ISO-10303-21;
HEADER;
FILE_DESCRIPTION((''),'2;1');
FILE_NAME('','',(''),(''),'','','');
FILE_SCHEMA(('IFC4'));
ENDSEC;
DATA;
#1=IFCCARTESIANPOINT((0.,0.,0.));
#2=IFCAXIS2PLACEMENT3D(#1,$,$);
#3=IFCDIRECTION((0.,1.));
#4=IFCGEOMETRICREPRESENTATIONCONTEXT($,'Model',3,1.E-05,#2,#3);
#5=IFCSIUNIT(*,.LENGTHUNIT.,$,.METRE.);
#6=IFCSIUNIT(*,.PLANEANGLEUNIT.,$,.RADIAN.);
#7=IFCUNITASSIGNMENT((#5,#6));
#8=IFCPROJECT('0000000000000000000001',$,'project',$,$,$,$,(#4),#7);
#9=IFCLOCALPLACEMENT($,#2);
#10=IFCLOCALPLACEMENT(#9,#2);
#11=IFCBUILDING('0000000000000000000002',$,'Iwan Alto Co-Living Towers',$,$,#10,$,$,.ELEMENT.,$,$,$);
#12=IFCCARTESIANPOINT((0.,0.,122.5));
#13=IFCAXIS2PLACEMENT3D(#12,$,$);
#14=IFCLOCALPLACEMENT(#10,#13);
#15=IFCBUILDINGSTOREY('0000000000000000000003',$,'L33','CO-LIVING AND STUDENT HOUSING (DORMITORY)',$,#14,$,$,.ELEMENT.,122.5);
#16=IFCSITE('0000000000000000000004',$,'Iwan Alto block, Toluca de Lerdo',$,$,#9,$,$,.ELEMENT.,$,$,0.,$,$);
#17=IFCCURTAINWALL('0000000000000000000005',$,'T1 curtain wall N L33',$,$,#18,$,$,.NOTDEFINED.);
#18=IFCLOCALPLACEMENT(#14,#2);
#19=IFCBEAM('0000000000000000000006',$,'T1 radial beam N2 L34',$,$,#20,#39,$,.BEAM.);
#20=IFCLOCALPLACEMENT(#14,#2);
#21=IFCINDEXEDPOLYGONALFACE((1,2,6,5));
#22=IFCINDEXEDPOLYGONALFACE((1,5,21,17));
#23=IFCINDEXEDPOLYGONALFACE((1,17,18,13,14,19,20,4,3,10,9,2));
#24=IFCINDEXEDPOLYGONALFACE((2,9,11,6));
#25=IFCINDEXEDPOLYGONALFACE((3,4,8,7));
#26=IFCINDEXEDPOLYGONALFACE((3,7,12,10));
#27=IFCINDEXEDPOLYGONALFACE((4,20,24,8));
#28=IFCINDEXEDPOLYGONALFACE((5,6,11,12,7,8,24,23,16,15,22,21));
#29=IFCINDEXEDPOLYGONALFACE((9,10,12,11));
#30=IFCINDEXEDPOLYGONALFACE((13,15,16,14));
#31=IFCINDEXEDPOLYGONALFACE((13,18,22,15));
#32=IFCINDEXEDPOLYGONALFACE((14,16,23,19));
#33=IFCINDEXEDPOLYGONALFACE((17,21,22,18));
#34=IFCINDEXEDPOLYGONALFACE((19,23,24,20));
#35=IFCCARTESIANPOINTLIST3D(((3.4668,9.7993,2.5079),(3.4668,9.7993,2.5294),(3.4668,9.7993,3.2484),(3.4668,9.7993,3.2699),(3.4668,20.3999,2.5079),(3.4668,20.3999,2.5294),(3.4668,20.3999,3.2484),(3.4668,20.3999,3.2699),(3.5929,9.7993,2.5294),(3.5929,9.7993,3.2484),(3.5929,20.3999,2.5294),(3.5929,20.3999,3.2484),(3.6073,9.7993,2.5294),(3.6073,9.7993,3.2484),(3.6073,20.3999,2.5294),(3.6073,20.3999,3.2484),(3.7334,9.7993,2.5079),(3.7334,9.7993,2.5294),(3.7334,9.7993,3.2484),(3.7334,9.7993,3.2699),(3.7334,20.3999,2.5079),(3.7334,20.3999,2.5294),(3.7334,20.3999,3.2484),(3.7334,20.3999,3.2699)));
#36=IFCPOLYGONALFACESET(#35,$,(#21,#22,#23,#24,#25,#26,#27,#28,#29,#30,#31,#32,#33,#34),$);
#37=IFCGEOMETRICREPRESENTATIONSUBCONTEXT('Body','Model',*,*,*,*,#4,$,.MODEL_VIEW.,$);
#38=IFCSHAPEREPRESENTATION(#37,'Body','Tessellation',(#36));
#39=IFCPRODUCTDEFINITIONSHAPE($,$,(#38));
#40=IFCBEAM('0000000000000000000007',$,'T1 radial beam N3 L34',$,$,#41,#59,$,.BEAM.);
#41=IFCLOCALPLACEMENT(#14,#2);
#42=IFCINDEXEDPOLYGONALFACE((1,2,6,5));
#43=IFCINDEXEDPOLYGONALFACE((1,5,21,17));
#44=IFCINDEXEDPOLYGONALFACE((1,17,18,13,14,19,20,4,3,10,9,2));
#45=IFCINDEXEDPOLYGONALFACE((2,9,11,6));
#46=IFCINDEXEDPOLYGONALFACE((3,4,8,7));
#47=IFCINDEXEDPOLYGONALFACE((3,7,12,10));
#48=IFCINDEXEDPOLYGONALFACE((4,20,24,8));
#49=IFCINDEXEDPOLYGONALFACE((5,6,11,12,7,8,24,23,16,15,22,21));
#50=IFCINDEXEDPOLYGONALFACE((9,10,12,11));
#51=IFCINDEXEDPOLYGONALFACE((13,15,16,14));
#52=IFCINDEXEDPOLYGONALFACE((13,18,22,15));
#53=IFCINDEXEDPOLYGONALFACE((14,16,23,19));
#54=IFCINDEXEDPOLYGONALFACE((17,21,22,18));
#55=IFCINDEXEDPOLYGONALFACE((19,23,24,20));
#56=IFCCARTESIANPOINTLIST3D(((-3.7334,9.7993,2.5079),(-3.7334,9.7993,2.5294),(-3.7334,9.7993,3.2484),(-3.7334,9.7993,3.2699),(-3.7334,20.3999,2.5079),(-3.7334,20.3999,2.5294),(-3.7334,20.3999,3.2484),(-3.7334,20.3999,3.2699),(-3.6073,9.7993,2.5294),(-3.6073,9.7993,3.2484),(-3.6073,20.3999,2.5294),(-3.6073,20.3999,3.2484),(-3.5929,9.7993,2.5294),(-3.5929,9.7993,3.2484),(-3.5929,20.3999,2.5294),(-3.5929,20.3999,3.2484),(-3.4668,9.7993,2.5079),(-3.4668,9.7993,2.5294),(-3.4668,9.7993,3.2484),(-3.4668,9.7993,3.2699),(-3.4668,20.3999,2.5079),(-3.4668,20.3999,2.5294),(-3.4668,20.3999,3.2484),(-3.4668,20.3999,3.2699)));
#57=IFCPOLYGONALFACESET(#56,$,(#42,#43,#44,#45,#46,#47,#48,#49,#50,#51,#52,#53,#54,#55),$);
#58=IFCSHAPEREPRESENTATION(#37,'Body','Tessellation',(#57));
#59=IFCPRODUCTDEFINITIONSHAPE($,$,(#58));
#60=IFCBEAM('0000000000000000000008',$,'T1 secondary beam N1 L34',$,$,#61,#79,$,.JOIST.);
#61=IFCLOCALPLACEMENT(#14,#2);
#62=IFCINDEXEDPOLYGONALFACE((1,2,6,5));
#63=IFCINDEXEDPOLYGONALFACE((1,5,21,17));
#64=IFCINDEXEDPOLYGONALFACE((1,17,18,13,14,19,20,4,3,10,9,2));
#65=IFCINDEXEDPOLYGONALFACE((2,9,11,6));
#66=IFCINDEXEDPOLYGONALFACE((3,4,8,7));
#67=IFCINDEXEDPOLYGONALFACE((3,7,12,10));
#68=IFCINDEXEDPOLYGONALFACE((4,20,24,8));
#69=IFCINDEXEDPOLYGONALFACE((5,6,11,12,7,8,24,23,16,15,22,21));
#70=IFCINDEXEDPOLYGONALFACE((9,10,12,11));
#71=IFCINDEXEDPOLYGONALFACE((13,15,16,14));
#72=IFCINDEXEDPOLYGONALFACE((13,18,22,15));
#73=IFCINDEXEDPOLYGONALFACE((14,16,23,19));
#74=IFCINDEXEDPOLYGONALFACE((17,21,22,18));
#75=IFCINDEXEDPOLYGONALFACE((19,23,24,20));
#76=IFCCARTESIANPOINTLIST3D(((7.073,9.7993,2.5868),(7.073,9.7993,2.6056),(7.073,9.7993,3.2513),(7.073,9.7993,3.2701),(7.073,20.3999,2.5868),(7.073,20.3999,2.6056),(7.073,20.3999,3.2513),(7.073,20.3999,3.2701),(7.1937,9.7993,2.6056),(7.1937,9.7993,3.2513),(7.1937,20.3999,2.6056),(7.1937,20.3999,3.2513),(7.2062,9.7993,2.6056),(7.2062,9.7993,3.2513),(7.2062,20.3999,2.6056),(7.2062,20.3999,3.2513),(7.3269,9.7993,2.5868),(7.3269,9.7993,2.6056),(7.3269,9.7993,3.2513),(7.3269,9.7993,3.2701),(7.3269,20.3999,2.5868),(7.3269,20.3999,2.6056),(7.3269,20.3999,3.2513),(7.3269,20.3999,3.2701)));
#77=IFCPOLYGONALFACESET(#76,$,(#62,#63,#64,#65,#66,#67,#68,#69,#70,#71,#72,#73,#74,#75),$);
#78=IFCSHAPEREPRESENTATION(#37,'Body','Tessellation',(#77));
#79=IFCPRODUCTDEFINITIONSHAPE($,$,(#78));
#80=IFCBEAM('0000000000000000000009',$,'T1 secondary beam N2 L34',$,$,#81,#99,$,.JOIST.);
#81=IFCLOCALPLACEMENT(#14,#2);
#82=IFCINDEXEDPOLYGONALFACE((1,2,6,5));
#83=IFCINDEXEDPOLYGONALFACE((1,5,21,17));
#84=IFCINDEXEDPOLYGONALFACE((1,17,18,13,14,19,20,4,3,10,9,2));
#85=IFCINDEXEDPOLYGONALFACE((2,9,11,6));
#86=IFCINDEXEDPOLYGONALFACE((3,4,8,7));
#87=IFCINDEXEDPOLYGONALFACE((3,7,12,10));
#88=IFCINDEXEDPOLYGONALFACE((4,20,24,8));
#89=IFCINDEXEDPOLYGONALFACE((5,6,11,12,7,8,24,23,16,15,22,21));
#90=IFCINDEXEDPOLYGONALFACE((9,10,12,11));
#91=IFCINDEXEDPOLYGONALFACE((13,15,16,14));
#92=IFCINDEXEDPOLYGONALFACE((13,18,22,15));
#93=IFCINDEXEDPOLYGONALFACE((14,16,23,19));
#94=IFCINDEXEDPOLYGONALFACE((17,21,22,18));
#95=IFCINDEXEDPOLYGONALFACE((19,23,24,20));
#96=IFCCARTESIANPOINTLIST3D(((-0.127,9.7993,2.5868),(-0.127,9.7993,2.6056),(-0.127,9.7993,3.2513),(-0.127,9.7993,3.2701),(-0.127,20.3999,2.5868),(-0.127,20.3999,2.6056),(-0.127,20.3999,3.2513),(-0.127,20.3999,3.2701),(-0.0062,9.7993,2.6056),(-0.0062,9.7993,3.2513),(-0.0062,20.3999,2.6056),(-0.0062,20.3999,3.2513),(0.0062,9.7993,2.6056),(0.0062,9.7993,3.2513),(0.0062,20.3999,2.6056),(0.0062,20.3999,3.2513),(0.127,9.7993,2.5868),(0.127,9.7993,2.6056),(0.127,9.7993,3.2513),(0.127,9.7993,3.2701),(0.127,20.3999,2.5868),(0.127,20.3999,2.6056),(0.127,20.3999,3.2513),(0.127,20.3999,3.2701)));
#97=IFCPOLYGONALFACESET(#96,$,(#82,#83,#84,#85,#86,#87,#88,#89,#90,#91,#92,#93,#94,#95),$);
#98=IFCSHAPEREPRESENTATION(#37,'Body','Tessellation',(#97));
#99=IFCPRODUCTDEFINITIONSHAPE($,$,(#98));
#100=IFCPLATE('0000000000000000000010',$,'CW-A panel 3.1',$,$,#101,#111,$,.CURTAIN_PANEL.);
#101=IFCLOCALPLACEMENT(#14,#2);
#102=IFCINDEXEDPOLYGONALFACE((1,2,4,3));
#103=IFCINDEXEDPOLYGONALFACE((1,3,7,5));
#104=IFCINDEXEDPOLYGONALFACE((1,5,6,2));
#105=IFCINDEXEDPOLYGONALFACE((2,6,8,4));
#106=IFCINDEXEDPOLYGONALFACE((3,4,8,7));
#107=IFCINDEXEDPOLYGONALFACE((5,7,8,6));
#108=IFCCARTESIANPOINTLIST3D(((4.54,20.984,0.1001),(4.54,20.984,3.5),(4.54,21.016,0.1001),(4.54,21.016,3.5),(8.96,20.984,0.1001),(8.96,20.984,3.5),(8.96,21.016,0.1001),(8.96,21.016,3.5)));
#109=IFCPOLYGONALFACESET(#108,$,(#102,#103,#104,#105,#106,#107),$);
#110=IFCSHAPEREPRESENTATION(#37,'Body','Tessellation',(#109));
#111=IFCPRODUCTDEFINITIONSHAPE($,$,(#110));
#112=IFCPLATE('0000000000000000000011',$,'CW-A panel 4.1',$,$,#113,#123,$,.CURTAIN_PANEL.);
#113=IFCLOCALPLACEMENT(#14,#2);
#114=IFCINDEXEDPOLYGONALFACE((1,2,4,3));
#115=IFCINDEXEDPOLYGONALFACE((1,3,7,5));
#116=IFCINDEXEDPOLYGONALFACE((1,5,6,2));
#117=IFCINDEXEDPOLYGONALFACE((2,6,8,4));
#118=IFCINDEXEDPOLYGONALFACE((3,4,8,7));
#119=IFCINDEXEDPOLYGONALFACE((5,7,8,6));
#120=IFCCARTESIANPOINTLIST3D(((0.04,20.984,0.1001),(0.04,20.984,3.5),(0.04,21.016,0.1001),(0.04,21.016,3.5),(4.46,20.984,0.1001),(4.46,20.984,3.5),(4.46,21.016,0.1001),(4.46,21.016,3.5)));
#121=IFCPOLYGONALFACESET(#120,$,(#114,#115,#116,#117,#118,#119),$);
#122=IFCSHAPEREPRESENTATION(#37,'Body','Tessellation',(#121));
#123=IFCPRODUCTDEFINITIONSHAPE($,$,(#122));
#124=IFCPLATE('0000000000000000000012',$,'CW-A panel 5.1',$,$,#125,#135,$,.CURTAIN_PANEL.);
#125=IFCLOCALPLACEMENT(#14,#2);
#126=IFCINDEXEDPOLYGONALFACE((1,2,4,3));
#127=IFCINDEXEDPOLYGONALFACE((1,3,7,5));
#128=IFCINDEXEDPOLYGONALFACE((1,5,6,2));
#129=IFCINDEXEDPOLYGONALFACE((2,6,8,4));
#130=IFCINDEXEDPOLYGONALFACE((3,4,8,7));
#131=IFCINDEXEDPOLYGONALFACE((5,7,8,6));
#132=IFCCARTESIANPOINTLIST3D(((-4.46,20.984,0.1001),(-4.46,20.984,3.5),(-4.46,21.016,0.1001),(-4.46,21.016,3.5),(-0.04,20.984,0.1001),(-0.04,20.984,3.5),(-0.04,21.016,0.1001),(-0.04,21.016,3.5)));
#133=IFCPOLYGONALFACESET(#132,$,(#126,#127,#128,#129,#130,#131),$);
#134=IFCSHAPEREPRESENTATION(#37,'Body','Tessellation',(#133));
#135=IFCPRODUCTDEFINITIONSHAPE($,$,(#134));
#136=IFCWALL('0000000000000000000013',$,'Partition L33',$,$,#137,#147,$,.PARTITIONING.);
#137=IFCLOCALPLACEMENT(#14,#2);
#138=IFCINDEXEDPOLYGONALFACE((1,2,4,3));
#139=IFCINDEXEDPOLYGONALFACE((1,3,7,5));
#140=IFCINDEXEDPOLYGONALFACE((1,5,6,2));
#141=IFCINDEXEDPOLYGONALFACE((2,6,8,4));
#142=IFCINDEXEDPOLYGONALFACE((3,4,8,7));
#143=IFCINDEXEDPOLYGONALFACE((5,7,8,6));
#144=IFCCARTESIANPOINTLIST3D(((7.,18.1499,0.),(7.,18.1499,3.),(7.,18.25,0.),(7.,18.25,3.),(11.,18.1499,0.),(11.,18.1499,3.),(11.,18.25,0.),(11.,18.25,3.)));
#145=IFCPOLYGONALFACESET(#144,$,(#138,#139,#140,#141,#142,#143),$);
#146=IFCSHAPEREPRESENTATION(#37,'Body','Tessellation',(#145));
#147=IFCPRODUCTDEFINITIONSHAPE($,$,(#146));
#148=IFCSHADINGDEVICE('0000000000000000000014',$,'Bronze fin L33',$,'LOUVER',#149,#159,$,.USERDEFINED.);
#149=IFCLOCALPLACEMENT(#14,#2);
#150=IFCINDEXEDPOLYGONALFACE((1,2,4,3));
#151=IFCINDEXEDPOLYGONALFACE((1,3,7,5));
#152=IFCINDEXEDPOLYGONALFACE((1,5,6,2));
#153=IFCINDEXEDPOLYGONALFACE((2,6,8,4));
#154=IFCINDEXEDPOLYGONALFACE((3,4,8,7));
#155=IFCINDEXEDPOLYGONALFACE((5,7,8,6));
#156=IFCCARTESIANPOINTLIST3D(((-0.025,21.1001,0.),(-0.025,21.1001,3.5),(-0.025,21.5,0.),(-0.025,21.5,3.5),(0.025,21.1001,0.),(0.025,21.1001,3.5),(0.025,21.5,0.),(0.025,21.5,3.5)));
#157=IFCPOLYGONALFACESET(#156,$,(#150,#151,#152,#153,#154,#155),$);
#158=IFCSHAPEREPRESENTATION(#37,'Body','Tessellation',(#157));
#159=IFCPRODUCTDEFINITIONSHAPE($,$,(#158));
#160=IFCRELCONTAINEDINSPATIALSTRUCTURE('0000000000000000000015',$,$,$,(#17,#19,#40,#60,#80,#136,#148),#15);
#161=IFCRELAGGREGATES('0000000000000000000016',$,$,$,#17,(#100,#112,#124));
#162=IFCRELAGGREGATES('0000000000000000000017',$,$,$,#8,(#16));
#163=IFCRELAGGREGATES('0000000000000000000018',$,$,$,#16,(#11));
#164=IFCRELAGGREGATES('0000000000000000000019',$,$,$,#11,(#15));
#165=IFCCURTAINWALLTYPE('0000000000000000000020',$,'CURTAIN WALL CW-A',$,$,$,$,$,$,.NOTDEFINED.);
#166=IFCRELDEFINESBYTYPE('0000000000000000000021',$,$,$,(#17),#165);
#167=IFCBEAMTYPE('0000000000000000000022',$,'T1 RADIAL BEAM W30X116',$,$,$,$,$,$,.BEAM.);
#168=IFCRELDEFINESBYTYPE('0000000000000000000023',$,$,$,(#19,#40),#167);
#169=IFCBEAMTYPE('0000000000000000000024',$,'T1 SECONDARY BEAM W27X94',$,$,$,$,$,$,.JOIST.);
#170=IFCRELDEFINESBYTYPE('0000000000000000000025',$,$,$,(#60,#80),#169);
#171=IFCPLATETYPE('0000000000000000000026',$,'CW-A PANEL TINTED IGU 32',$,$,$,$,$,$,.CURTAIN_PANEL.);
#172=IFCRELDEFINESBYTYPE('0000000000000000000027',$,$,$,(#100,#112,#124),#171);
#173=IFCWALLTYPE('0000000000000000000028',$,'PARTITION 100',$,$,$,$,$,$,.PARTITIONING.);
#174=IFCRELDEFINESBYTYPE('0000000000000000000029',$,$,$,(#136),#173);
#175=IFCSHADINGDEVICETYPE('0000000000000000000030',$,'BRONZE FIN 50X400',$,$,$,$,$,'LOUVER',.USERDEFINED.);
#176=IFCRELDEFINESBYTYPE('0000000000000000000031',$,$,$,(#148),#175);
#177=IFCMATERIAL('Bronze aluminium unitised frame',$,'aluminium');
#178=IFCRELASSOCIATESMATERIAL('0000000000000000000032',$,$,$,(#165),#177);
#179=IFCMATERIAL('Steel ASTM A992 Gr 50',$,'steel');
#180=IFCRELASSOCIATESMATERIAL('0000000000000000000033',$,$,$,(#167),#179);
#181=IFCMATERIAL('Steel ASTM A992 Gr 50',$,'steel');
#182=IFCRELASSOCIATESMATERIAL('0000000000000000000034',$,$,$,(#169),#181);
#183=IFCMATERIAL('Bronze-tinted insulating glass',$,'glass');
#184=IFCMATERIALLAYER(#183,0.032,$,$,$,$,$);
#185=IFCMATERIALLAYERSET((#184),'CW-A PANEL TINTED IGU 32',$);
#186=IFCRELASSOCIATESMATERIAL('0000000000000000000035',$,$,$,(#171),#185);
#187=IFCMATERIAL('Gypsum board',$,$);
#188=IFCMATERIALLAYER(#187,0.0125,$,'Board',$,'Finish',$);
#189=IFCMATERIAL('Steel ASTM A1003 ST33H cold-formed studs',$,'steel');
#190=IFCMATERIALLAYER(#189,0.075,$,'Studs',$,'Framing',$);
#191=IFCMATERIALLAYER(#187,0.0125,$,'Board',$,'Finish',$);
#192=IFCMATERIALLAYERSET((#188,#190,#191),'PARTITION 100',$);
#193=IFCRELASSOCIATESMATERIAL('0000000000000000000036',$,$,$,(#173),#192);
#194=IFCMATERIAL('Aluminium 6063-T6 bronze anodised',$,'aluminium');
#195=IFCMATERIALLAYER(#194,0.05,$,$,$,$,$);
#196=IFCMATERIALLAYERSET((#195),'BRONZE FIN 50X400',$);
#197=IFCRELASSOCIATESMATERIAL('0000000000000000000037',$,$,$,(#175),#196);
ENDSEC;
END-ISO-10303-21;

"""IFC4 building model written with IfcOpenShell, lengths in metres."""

from ifc_helpers import new_model, si_unit, direction, frame, frame_2d, origin, origin_2d, place, context, subcontext, project, spatial, rectangle, i_section, extrude, material, layer, layer_set, material_profile, profile_set, type_object, element, aggregate, save


model = new_model("IFC4")

# Units and contexts
model_context = context("Model", 3, precision=1e-05, world=origin(), true_north=direction((0.0, 1.0)))
body_context = subcontext(model_context, "Body", "Model", "MODEL_VIEW")
ifc_project = project(units=[si_unit("LENGTHUNIT", "METRE"), si_unit("PLANEANGLEUNIT", "RADIAN")], contexts=[model_context])

# Site, building, storey
site_placement = place(None, origin())
site = spatial("IfcSite", under=ifc_project, at=site_placement, Name="Iwan Alto block, Toluca de Lerdo", CompositionType="ELEMENT", RefElevation=0.0)
building_placement = place(site_placement, origin())
building = spatial("IfcBuilding", under=site, at=building_placement, Name="Iwan Alto Co-Living Towers", CompositionType="ELEMENT")
storey_placement = place(building_placement, frame((0.0, 0.0, 122.5)))
storey = spatial("IfcBuildingStorey", under=building, at=storey_placement, Name="L33", Description="CO-LIVING AND STUDENT HOUSING (DORMITORY)", CompositionType="ELEMENT", Elevation=122.5)

# Curtain wall
ifc_material_1 = material(Name="Bronze aluminium unitised frame", Category="aluminium")
curtain_wall_type = type_object("IfcCurtainWallType", Name="CURTAIN WALL CW-A", PredefinedType="NOTDEFINED", material=ifc_material_1)
curtain_wall_placement = place(storey_placement, origin())
curtain_wall = element("IfcCurtainWall", 1, at=curtain_wall_placement, inside=storey, type_object=curtain_wall_type, Name="T1 curtain wall N L33", PredefinedType="NOTDEFINED")

# Beams
ifc_material_2 = material(Name="Steel ASTM A992 Gr 50", Category="steel")
ifc_material_profile_1 = material_profile(ifc_material_2, i_section(OverallWidth=0.2666, OverallDepth=0.762, WebThickness=0.0144, FlangeThickness=0.0215, at=origin_2d()), Name="W30X116")
ifc_profile_set_1 = profile_set([ifc_material_profile_1], Name="Steel ASTM A992 Gr 50")
beam_type_1 = type_object("IfcBeamType", Name="T1 RADIAL BEAM W30X116", PredefinedType="BEAM", material=ifc_profile_set_1)
for number, where, z_axis, x_axis, name in (
    (2, (3.6001, 20.3999, 2.8889), (0.0, -1.0, 0.0), (1.0, 0.0, 0.0), "T1 radial beam N2 L34"),
    (3, (-3.6001, 20.3999, 2.8889), (0.0, -1.0, 0.0), (1.0, 0.0, 0.0), "T1 radial beam N3 L34"),
):
    element("IfcBeam", number, at=place(storey_placement, frame(where, z_axis=z_axis, x_axis=x_axis)), inside=storey, type_object=beam_type_1, Name=name, PredefinedType="BEAM", context=body_context, shape_type="SweptSolid", body=[
        extrude(i_section(OverallWidth=0.2666, OverallDepth=0.762, WebThickness=0.0144, FlangeThickness=0.0215, at=origin_2d()), origin(), (0.0, 0.0, 1.0), 10.6006),
    ])
ifc_material_3 = material(Name="Steel ASTM A992 Gr 50", Category="steel")
ifc_material_profile_2 = material_profile(ifc_material_3, i_section(OverallWidth=0.2539, OverallDepth=0.6833, WebThickness=0.0125, FlangeThickness=0.0188, at=origin_2d()), Name="W27X94")
ifc_profile_set_2 = profile_set([ifc_material_profile_2], Name="Steel ASTM A992 Gr 50")
beam_type_2 = type_object("IfcBeamType", Name="T1 SECONDARY BEAM W27X94", PredefinedType="JOIST", material=ifc_profile_set_2)
for number, where, z_axis, x_axis, name in (
    (4, (7.2, 20.3999, 2.9285), (0.0, -1.0, 0.0), (1.0, 0.0, 0.0), "T1 secondary beam N1 L34"),
    (5, (0.0, 20.3999, 2.9285), (0.0, -1.0, 0.0), (1.0, 0.0, 0.0), "T1 secondary beam N2 L34"),
):
    element("IfcBeam", number, at=place(storey_placement, frame(where, z_axis=z_axis, x_axis=x_axis)), inside=storey, type_object=beam_type_2, Name=name, PredefinedType="JOIST", context=body_context, shape_type="SweptSolid", body=[
        extrude(i_section(OverallWidth=0.2539, OverallDepth=0.6833, WebThickness=0.0125, FlangeThickness=0.0188, at=origin_2d()), origin(), (0.0, 0.0, 1.0), 10.6006),
    ])

# Plates
ifc_material_4 = material(Name="Bronze-tinted insulating glass", Category="glass")
ifc_layer_1 = layer(ifc_material_4, 0.032)
ifc_layer_set_1 = layer_set([ifc_layer_1], Name="CW-A PANEL TINTED IGU 32")
plate_type = type_object("IfcPlateType", Name="CW-A PANEL TINTED IGU 32", PredefinedType="CURTAIN_PANEL", material=ifc_layer_set_1)
plate_1_placement = place(storey_placement, frame((6.75, 21.0, 0.1001), z_axis=(0.0, 0.0, 1.0), x_axis=(-1.0, 0.0, 0.0)))
plate_1 = element("IfcPlate", 6, at=plate_1_placement, type_object=plate_type, Name="CW-A panel 3.1", PredefinedType="CURTAIN_PANEL", context=body_context, shape_type="SweptSolid", body=[
    extrude(rectangle(XDim=4.4199, YDim=0.032, at=origin_2d()), origin(), (0.0, 0.0, 1.0), 3.3999),
])
plate_2_placement = place(storey_placement, frame((2.25, 21.0, 0.1001), z_axis=(0.0, 0.0, 1.0), x_axis=(-1.0, 0.0, 0.0)))
plate_2 = element("IfcPlate", 7, at=plate_2_placement, type_object=plate_type, Name="CW-A panel 4.1", PredefinedType="CURTAIN_PANEL", context=body_context, shape_type="SweptSolid", body=[
    extrude(rectangle(XDim=4.4199, YDim=0.032, at=origin_2d()), origin(), (0.0, 0.0, 1.0), 3.3999),
])
plate_3_placement = place(storey_placement, frame((-2.25, 21.0, 0.1001), z_axis=(0.0, 0.0, 1.0), x_axis=(-1.0, 0.0, 0.0)))
plate_3 = element("IfcPlate", 8, at=plate_3_placement, type_object=plate_type, Name="CW-A panel 5.1", PredefinedType="CURTAIN_PANEL", context=body_context, shape_type="SweptSolid", body=[
    extrude(rectangle(XDim=4.4199, YDim=0.032, at=origin_2d()), origin(), (0.0, 0.0, 1.0), 3.3999),
])
aggregate(curtain_wall, [plate_1, plate_2, plate_3])

# Wall
ifc_material_5 = material(Name="Gypsum board")
ifc_layer_2 = layer(ifc_material_5, 0.0125, Name="Board", Category="Finish")
ifc_material_6 = material(Name="Steel ASTM A1003 ST33H cold-formed studs", Category="steel")
ifc_layer_3 = layer(ifc_material_6, 0.075, Name="Studs", Category="Framing")
ifc_layer_4 = layer(ifc_material_5, 0.0125, Name="Board", Category="Finish")
ifc_layer_set_2 = layer_set([ifc_layer_2, ifc_layer_3, ifc_layer_4], Name="PARTITION 100")
wall_type = type_object("IfcWallType", Name="PARTITION 100", PredefinedType="PARTITIONING", material=ifc_layer_set_2)
wall_placement = place(storey_placement, frame((7.0, 18.2, 0.0), z_axis=(0.0, 0.0, 1.0), x_axis=(1.0, 0.0, 0.0)))
element("IfcWall", 9, at=wall_placement, inside=storey, type_object=wall_type, Name="Partition L33", PredefinedType="PARTITIONING", context=body_context, shape_type="SweptSolid", body=[
    extrude(rectangle(XDim=4.0, YDim=0.1001, at=frame_2d((2.0, 0.0))), origin(), (0.0, 0.0, 1.0), 3.0),
])

# Shading device
ifc_material_7 = material(Name="Aluminium 6063-T6 bronze anodised", Category="aluminium")
ifc_layer_5 = layer(ifc_material_7, 0.05)
ifc_layer_set_3 = layer_set([ifc_layer_5], Name="BRONZE FIN 50X400")
shading_device_type = type_object("IfcShadingDeviceType", Name="BRONZE FIN 50X400", ElementType="LOUVER", PredefinedType="USERDEFINED", material=ifc_layer_set_3)
shading_device_placement = place(storey_placement, frame((0.0, 21.3, 0.0), z_axis=(0.0, 0.0, 1.0), x_axis=(-1.0, 0.0, 0.0)))
element("IfcShadingDevice", 10, at=shading_device_placement, inside=storey, type_object=shading_device_type, Name="Bronze fin L33", ObjectType="LOUVER", PredefinedType="USERDEFINED", context=body_context, shape_type="SweptSolid", body=[
    extrude(rectangle(XDim=0.05, YDim=0.3999, at=origin_2d()), origin(), (0.0, 0.0, 1.0), 3.5),
])

save(model, "model.ifc")
